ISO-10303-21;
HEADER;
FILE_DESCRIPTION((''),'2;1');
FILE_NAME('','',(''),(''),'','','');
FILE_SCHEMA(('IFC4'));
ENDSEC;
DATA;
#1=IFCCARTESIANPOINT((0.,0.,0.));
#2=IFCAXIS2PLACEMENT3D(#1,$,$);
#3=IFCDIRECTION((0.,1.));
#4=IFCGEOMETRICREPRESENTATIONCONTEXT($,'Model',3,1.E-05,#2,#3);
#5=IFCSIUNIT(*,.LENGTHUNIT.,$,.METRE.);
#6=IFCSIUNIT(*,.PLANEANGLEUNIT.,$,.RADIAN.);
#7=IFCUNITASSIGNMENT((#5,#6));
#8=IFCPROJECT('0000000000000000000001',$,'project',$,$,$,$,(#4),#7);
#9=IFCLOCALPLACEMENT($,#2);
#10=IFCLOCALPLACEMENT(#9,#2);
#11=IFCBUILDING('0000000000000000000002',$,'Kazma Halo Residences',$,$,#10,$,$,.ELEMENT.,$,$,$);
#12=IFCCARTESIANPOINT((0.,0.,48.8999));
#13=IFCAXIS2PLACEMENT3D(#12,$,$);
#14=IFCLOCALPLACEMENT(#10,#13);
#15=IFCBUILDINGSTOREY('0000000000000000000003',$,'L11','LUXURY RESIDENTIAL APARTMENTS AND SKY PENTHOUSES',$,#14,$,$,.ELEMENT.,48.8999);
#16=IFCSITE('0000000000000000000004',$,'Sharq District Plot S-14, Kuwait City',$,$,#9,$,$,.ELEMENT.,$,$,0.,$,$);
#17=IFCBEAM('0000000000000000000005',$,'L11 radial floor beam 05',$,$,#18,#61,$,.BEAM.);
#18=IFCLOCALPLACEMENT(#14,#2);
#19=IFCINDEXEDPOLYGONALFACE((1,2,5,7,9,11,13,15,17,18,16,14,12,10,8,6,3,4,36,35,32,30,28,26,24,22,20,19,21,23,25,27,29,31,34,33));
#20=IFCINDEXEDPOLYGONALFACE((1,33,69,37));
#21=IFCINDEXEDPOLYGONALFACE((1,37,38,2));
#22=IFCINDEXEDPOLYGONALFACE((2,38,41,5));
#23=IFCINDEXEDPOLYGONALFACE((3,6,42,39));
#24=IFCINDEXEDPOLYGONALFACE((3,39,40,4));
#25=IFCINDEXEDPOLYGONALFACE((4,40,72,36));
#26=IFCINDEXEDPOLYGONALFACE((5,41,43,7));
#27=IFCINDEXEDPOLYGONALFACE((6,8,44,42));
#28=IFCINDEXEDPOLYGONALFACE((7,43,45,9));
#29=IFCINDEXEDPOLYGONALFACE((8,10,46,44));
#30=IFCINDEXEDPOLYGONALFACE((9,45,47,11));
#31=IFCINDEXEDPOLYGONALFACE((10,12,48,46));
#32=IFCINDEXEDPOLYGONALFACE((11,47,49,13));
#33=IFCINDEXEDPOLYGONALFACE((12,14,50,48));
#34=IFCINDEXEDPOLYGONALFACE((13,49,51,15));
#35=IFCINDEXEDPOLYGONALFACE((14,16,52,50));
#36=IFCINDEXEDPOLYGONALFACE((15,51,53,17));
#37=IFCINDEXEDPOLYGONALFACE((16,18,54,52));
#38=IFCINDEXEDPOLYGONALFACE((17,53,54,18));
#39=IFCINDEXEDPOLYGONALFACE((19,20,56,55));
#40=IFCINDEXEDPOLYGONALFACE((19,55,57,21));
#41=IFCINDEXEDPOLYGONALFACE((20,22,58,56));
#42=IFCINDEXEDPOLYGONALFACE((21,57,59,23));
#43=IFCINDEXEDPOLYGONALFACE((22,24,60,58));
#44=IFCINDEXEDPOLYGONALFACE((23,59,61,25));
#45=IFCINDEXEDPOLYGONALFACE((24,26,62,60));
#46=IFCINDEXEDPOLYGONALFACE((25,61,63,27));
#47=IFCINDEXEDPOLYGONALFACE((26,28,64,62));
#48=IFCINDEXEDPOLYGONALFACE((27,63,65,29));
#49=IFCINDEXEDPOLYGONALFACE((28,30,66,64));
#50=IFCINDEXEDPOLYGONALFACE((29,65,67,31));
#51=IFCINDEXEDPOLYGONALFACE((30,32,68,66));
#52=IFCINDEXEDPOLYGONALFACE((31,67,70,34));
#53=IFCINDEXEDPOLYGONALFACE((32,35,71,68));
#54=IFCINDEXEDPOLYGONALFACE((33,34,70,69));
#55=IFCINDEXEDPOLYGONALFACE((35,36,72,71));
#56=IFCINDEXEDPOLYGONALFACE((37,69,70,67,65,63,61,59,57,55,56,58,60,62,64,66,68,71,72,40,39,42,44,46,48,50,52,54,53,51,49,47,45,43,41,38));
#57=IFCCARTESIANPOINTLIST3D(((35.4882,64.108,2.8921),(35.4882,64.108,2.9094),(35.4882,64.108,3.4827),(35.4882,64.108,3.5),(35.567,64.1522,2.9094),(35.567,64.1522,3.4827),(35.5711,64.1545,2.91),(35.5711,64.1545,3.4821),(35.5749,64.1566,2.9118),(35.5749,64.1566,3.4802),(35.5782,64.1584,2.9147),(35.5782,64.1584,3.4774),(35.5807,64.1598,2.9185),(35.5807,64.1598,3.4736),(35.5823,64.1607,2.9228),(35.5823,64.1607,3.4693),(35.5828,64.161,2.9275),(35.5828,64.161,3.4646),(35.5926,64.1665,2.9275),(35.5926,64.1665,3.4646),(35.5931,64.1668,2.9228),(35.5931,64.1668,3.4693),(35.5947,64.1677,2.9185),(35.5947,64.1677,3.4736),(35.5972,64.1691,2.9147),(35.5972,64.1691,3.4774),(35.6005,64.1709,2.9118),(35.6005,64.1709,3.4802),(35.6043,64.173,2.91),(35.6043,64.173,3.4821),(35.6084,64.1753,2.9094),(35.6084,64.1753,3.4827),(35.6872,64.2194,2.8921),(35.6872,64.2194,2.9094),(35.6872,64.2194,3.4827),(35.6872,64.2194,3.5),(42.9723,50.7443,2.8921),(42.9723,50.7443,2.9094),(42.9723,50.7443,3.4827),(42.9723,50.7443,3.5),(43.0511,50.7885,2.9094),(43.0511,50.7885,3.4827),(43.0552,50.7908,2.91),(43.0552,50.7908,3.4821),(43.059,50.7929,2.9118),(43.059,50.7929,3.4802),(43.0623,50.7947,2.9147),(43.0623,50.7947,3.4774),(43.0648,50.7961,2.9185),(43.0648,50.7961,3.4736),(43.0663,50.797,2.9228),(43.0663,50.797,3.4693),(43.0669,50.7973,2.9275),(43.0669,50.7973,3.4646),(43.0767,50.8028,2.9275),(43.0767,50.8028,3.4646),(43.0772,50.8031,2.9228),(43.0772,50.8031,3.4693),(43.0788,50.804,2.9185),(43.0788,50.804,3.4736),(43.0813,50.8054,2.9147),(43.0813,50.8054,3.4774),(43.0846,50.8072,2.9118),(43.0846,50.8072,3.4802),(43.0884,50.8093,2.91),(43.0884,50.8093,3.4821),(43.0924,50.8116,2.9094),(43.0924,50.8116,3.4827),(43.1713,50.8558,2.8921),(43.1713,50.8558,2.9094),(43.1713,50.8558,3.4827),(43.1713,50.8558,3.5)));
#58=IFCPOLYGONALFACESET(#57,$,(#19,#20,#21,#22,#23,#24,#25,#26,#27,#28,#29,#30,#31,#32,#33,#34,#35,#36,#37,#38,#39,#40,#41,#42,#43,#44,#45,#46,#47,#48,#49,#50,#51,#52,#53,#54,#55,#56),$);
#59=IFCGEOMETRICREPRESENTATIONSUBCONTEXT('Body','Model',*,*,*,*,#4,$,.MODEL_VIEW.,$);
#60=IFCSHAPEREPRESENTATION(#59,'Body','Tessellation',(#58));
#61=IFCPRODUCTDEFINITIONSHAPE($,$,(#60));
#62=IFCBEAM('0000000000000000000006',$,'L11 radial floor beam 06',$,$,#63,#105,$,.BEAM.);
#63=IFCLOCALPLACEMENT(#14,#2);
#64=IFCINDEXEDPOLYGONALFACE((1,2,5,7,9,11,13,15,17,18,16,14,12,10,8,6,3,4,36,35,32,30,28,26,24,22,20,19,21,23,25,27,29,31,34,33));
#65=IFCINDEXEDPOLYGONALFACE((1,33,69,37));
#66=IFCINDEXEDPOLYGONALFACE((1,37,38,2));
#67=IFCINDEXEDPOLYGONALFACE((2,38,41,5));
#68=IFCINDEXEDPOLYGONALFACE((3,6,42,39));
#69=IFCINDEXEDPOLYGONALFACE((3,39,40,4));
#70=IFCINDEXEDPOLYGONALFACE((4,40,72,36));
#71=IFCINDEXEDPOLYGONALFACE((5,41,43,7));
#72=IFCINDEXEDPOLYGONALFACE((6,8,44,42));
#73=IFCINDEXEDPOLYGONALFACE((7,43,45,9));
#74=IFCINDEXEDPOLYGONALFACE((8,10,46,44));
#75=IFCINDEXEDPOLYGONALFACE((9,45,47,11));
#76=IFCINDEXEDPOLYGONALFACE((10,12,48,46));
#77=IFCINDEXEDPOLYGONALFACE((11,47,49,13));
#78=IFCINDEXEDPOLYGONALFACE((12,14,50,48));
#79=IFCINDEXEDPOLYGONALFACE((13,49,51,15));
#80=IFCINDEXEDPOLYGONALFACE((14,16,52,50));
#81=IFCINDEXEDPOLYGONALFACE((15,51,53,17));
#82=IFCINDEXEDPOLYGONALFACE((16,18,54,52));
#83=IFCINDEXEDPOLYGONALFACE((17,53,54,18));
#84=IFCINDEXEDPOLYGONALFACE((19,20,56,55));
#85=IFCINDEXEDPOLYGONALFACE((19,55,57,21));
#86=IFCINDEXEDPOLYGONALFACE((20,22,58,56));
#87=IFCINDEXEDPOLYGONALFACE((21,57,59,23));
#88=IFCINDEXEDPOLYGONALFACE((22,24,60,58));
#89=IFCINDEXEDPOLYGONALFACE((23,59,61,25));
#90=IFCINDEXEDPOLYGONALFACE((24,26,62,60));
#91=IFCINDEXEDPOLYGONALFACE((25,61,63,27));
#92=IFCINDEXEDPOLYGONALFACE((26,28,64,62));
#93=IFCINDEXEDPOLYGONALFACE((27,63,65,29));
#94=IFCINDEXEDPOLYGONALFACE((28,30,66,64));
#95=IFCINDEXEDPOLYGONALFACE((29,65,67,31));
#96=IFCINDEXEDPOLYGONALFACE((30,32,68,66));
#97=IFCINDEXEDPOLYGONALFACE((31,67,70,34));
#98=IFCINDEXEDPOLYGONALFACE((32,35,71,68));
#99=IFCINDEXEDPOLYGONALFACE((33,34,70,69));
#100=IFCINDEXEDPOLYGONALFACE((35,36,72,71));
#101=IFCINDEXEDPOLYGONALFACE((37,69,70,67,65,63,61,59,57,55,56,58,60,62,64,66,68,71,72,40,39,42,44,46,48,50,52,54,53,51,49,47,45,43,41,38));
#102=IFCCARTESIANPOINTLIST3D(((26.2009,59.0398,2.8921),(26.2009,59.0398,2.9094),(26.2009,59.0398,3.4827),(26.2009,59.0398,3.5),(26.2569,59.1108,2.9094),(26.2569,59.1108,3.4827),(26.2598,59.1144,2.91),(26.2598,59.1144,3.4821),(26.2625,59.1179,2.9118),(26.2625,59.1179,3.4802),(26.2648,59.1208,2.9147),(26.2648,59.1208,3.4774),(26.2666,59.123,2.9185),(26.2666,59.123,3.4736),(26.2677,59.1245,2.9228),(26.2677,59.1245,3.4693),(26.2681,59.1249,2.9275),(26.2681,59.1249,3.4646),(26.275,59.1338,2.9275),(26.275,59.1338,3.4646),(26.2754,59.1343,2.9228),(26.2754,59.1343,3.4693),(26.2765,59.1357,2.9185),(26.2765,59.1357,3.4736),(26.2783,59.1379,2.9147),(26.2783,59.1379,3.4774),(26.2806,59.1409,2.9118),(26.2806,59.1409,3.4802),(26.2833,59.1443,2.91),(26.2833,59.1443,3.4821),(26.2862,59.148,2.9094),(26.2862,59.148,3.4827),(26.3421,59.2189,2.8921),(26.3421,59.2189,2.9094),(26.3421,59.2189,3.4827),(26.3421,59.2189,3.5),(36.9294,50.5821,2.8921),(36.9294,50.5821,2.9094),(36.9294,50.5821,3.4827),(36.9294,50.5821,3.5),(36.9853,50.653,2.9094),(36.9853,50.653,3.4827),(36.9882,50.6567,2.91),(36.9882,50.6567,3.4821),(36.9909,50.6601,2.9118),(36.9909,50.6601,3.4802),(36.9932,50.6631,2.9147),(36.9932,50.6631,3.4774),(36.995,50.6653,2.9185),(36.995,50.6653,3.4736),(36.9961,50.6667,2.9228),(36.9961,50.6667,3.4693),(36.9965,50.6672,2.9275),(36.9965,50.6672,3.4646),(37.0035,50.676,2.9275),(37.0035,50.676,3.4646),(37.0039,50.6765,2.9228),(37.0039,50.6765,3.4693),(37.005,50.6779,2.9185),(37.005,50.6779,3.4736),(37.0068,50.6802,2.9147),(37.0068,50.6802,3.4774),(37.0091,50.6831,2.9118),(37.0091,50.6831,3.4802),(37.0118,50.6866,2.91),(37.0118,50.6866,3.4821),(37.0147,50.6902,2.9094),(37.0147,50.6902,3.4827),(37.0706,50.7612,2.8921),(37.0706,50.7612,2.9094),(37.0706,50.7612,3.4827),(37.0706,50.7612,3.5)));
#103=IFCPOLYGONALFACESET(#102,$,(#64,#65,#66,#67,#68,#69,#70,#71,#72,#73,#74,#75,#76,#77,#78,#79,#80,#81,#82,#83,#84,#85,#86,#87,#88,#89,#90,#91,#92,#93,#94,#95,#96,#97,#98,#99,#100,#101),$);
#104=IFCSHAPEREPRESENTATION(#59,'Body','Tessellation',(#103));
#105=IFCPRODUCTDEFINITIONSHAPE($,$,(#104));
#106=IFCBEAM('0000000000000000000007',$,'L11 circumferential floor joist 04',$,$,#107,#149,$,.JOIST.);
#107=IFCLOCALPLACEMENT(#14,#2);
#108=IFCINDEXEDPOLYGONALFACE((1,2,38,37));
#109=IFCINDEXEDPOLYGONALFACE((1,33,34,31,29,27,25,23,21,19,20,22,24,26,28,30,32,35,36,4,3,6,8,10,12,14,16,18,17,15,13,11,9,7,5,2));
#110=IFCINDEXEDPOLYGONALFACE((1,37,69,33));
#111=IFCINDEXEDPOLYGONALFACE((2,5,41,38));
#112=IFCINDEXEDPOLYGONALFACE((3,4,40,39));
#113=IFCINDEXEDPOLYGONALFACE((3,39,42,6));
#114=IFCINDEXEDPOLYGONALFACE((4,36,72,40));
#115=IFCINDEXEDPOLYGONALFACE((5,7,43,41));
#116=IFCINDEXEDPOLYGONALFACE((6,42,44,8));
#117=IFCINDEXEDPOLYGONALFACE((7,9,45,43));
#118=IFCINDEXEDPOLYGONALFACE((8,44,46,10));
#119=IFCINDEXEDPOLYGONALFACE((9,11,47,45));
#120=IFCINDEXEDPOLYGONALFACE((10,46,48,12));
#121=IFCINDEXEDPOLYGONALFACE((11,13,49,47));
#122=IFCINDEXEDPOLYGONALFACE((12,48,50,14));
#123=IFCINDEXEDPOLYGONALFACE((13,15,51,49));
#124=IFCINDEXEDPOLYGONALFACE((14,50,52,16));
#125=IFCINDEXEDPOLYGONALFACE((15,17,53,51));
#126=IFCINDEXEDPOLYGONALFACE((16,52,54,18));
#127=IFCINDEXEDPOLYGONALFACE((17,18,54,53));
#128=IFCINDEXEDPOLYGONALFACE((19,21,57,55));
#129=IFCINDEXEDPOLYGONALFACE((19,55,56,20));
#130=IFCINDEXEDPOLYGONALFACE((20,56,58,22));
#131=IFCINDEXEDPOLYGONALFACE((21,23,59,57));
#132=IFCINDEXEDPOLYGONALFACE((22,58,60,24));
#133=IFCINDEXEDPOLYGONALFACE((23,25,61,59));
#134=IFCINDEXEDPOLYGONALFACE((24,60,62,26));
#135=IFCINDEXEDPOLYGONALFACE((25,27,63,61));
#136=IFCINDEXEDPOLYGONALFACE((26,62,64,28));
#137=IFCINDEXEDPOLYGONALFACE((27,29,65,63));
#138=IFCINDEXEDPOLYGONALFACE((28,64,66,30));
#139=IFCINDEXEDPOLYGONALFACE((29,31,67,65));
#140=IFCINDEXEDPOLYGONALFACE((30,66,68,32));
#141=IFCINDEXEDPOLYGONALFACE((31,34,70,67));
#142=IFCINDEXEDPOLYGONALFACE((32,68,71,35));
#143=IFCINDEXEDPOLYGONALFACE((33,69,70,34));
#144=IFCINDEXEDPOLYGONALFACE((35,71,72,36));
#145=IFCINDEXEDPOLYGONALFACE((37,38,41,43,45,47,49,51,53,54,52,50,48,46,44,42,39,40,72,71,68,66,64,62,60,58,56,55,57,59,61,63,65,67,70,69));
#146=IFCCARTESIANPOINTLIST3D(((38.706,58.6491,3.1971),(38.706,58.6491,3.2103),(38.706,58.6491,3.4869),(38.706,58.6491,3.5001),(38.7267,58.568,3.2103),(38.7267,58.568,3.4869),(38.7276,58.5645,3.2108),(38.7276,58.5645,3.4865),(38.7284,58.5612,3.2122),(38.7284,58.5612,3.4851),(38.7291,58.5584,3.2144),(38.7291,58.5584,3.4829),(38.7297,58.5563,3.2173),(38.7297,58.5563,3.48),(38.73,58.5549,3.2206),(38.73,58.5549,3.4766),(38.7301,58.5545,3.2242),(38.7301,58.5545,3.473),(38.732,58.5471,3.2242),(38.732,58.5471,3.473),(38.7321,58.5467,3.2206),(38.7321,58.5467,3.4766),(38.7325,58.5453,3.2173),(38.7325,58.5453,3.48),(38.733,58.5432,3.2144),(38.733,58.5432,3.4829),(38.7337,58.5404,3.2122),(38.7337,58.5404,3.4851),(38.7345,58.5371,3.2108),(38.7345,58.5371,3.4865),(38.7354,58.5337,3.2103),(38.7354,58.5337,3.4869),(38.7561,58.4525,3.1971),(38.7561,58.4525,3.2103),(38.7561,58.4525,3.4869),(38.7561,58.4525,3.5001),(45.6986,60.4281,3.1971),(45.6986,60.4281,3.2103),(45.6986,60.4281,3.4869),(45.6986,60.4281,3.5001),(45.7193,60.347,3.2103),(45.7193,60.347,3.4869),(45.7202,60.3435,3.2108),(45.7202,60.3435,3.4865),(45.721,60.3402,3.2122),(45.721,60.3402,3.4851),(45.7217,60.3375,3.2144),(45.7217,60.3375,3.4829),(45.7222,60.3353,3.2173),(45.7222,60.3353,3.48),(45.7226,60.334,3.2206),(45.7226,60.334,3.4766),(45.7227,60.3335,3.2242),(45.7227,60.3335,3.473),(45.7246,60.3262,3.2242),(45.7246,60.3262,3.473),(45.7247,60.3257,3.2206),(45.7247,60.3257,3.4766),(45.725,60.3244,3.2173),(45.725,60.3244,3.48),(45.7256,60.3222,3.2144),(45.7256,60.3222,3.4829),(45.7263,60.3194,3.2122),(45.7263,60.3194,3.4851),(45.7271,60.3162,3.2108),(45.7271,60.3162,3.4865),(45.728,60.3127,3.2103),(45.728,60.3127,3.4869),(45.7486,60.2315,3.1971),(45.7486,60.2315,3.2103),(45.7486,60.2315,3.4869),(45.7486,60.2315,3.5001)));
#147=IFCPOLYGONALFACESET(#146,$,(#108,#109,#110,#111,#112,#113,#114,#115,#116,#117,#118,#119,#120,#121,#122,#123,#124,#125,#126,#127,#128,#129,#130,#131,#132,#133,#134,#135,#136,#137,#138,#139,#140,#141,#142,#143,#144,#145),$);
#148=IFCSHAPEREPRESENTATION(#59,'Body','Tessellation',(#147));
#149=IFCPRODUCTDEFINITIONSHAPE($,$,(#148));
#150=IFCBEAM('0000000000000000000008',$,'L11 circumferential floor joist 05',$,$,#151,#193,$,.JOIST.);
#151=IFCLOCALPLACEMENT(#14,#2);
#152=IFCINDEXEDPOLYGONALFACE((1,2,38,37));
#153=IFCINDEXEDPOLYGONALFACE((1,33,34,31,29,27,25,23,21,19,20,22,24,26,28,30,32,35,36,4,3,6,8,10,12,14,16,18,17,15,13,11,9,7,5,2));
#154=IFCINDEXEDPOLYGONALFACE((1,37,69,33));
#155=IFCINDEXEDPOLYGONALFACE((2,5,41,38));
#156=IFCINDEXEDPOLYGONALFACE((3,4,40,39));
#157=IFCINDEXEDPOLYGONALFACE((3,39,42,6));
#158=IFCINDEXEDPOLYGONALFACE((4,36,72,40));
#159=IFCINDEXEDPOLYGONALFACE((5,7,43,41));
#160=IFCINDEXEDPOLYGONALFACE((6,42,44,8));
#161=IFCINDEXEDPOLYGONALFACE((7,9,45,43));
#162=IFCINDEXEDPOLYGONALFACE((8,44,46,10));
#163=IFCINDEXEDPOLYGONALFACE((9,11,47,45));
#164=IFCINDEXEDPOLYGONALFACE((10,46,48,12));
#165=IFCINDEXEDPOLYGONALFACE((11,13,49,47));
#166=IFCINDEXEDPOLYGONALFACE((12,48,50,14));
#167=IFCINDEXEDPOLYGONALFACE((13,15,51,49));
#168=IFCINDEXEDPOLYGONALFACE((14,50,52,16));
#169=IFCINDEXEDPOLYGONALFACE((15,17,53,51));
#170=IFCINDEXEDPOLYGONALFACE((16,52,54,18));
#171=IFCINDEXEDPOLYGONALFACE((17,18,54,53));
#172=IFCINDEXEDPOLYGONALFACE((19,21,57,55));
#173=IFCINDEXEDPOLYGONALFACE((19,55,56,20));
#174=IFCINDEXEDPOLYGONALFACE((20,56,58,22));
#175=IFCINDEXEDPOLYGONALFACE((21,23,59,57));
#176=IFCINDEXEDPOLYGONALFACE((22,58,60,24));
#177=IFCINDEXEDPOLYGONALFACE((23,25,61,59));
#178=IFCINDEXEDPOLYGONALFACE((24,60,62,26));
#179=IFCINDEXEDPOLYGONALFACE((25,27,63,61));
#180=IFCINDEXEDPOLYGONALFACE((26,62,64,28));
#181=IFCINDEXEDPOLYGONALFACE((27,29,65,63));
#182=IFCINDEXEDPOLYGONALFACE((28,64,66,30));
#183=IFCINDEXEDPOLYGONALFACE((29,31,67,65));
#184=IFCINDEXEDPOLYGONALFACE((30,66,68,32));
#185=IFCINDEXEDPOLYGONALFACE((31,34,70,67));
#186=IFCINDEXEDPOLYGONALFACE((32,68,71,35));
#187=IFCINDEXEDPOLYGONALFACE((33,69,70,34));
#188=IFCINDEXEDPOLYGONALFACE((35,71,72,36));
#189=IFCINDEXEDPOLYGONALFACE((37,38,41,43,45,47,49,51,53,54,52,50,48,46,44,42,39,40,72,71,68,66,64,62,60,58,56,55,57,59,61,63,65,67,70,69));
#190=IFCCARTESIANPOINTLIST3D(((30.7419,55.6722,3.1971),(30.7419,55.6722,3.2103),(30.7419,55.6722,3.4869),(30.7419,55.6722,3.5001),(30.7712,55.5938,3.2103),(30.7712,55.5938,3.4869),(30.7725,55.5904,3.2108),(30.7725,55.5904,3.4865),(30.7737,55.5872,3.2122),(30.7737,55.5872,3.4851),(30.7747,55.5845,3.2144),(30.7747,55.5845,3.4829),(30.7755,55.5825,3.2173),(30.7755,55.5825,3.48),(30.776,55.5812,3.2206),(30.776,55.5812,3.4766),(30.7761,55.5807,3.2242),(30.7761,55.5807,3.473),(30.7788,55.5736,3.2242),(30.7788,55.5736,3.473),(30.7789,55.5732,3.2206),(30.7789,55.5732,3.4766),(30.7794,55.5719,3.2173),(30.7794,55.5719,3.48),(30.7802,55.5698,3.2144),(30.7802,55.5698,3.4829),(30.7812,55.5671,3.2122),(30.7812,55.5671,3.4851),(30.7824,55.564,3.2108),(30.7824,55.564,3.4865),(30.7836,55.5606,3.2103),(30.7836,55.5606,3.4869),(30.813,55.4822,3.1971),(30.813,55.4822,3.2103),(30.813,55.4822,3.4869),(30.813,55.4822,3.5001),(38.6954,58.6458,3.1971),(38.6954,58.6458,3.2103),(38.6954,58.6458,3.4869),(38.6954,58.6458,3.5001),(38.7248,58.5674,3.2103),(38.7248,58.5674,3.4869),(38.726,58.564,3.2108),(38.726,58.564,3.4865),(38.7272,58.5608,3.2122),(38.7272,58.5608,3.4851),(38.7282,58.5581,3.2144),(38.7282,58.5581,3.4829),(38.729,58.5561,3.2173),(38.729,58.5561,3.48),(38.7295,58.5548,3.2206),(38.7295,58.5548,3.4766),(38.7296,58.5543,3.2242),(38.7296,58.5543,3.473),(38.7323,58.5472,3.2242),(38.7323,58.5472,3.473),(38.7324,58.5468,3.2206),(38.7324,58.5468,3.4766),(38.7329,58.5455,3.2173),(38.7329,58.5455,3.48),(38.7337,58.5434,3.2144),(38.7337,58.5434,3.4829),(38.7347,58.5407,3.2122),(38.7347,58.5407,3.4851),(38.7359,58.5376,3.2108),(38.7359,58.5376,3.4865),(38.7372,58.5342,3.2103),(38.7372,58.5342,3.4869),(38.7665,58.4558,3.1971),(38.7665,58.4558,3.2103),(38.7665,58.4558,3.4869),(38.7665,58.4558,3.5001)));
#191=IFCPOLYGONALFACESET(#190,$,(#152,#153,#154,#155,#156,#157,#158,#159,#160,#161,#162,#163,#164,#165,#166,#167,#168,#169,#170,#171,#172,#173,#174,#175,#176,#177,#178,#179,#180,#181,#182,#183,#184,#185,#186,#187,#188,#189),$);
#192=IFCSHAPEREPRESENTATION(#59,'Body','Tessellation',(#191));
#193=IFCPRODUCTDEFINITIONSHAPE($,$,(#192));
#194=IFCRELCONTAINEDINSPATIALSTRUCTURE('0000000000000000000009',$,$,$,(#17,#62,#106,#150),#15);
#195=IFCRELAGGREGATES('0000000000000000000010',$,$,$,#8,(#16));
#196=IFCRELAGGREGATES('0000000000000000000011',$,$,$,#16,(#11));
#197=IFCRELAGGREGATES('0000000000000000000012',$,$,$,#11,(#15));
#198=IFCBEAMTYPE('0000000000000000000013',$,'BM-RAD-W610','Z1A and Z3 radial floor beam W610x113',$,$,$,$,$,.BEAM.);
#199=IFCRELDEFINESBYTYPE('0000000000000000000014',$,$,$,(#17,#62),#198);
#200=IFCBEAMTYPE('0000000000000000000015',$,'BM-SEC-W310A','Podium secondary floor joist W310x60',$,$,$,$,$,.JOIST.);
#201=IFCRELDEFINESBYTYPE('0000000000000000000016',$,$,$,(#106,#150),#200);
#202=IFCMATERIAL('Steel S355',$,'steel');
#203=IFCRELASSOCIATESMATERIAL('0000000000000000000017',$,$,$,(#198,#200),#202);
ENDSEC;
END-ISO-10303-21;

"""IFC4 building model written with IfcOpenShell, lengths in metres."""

from ifc_helpers import new_model, si_unit, direction, frame, origin, origin_2d, place, context, subcontext, project, spatial, i_section, extrude, material, material_profile, profile_set, type_object, element, save


model = new_model("IFC4")

# Units and contexts
model_context = context("Model", 3, precision=1e-05, world=origin(), true_north=direction((0.0, 1.0)))
body_context = subcontext(model_context, "Body", "Model", "MODEL_VIEW")
ifc_project = project(units=[si_unit("LENGTHUNIT", "METRE"), si_unit("PLANEANGLEUNIT", "RADIAN")], contexts=[model_context])

# Site, building, storey
site_placement = place(None, origin())
site = spatial("IfcSite", under=ifc_project, at=site_placement, Name="Sharq District Plot S-14, Kuwait City", CompositionType="ELEMENT", RefElevation=0.0)
building_placement = place(site_placement, origin())
building = spatial("IfcBuilding", under=site, at=building_placement, Name="Kazma Halo Residences", CompositionType="ELEMENT")
storey_placement = place(building_placement, frame((0.0, 0.0, 48.8999)))
storey = spatial("IfcBuildingStorey", under=building, at=storey_placement, Name="L11", Description="LUXURY RESIDENTIAL APARTMENTS AND SKY PENTHOUSES", CompositionType="ELEMENT", Elevation=48.8999)

# Beams
ifc_material_1 = material(Name="Steel S355", Category="steel")
ifc_material_profile_1 = material_profile(ifc_material_1, i_section(OverallWidth=0.228, OverallDepth=0.6079, WebThickness=0.0112, FlangeThickness=0.0173, FilletRadius=0.0181, at=origin_2d()), Name="W610x113")
ifc_profile_set_1 = profile_set([ifc_material_profile_1], Name="Steel S355")
beam_type_1 = type_object("IfcBeamType", Name="BM-RAD-W610", Description="Z1A and Z3 radial floor beam W610x113", PredefinedType="BEAM", material=ifc_profile_set_1)
beam_1_placement = place(storey_placement, frame((43.0718, 50.8, 3.196), z_axis=(-0.488624, 0.872494, 0.0), x_axis=(-0.872494, -0.488624, 0.0)))
element("IfcBeam", 1, at=beam_1_placement, inside=storey, type_object=beam_type_1, Name="L11 radial floor beam 05", PredefinedType="BEAM", context=body_context, shape_type="SweptSolid", body=[
    extrude(i_section(OverallWidth=0.228, OverallDepth=0.6079, WebThickness=0.0112, FlangeThickness=0.0173, FilletRadius=0.0181, at=origin_2d()), origin(), (0.0, 0.0, 1.0), 15.3167),
])
beam_2_placement = place(storey_placement, frame((37.0, 50.6716, 3.196), z_axis=(-0.785314, 0.619098, 0.0), x_axis=(-0.619098, -0.785314, 0.0)))
element("IfcBeam", 2, at=beam_2_placement, inside=storey, type_object=beam_type_1, Name="L11 radial floor beam 06", PredefinedType="BEAM", context=body_context, shape_type="SweptSolid", body=[
    extrude(i_section(OverallWidth=0.228, OverallDepth=0.6079, WebThickness=0.0112, FlangeThickness=0.0173, FilletRadius=0.0181, at=origin_2d()), origin(), (0.0, 0.0, 1.0), 13.6614),
])
ifc_material_profile_2 = material_profile(ifc_material_1, i_section(OverallWidth=0.2029, OverallDepth=0.303, WebThickness=0.0076, FlangeThickness=0.0132, FilletRadius=0.0139, at=origin_2d()), Name="W310x60")
ifc_profile_set_2 = profile_set([ifc_material_profile_2], Name="Steel S355")
beam_type_2 = type_object("IfcBeamType", Name="BM-SEC-W310A", Description="Podium secondary floor joist W310x60", PredefinedType="JOIST", material=ifc_profile_set_2)
beam_3_placement = place(storey_placement, frame((45.7236, 60.3298, 3.3486), z_axis=(-0.969127, -0.246562, 0.0), x_axis=(0.246562, -0.969127, 0.0)))
element("IfcBeam", 3, at=beam_3_placement, inside=storey, type_object=beam_type_2, Name="L11 circumferential floor joist 04", PredefinedType="JOIST", context=body_context, shape_type="SweptSolid", body=[
    extrude(i_section(OverallWidth=0.2029, OverallDepth=0.303, WebThickness=0.0076, FlangeThickness=0.0132, FilletRadius=0.0139, at=origin_2d()), origin(), (0.0, 0.0, 1.0), 7.2153),
])
beam_4_placement = place(storey_placement, frame((38.731, 58.5508, 3.3486), z_axis=(-0.936676, -0.350197, 0.0), x_axis=(0.350197, -0.936676, 0.0)))
element("IfcBeam", 4, at=beam_4_placement, inside=storey, type_object=beam_type_2, Name="L11 circumferential floor joist 05", PredefinedType="JOIST", context=body_context, shape_type="SweptSolid", body=[
    extrude(i_section(OverallWidth=0.2029, OverallDepth=0.303, WebThickness=0.0076, FlangeThickness=0.0132, FilletRadius=0.0139, at=origin_2d()), origin(), (0.0, 0.0, 1.0), 8.4912),
])

save(model, "model.ifc")
